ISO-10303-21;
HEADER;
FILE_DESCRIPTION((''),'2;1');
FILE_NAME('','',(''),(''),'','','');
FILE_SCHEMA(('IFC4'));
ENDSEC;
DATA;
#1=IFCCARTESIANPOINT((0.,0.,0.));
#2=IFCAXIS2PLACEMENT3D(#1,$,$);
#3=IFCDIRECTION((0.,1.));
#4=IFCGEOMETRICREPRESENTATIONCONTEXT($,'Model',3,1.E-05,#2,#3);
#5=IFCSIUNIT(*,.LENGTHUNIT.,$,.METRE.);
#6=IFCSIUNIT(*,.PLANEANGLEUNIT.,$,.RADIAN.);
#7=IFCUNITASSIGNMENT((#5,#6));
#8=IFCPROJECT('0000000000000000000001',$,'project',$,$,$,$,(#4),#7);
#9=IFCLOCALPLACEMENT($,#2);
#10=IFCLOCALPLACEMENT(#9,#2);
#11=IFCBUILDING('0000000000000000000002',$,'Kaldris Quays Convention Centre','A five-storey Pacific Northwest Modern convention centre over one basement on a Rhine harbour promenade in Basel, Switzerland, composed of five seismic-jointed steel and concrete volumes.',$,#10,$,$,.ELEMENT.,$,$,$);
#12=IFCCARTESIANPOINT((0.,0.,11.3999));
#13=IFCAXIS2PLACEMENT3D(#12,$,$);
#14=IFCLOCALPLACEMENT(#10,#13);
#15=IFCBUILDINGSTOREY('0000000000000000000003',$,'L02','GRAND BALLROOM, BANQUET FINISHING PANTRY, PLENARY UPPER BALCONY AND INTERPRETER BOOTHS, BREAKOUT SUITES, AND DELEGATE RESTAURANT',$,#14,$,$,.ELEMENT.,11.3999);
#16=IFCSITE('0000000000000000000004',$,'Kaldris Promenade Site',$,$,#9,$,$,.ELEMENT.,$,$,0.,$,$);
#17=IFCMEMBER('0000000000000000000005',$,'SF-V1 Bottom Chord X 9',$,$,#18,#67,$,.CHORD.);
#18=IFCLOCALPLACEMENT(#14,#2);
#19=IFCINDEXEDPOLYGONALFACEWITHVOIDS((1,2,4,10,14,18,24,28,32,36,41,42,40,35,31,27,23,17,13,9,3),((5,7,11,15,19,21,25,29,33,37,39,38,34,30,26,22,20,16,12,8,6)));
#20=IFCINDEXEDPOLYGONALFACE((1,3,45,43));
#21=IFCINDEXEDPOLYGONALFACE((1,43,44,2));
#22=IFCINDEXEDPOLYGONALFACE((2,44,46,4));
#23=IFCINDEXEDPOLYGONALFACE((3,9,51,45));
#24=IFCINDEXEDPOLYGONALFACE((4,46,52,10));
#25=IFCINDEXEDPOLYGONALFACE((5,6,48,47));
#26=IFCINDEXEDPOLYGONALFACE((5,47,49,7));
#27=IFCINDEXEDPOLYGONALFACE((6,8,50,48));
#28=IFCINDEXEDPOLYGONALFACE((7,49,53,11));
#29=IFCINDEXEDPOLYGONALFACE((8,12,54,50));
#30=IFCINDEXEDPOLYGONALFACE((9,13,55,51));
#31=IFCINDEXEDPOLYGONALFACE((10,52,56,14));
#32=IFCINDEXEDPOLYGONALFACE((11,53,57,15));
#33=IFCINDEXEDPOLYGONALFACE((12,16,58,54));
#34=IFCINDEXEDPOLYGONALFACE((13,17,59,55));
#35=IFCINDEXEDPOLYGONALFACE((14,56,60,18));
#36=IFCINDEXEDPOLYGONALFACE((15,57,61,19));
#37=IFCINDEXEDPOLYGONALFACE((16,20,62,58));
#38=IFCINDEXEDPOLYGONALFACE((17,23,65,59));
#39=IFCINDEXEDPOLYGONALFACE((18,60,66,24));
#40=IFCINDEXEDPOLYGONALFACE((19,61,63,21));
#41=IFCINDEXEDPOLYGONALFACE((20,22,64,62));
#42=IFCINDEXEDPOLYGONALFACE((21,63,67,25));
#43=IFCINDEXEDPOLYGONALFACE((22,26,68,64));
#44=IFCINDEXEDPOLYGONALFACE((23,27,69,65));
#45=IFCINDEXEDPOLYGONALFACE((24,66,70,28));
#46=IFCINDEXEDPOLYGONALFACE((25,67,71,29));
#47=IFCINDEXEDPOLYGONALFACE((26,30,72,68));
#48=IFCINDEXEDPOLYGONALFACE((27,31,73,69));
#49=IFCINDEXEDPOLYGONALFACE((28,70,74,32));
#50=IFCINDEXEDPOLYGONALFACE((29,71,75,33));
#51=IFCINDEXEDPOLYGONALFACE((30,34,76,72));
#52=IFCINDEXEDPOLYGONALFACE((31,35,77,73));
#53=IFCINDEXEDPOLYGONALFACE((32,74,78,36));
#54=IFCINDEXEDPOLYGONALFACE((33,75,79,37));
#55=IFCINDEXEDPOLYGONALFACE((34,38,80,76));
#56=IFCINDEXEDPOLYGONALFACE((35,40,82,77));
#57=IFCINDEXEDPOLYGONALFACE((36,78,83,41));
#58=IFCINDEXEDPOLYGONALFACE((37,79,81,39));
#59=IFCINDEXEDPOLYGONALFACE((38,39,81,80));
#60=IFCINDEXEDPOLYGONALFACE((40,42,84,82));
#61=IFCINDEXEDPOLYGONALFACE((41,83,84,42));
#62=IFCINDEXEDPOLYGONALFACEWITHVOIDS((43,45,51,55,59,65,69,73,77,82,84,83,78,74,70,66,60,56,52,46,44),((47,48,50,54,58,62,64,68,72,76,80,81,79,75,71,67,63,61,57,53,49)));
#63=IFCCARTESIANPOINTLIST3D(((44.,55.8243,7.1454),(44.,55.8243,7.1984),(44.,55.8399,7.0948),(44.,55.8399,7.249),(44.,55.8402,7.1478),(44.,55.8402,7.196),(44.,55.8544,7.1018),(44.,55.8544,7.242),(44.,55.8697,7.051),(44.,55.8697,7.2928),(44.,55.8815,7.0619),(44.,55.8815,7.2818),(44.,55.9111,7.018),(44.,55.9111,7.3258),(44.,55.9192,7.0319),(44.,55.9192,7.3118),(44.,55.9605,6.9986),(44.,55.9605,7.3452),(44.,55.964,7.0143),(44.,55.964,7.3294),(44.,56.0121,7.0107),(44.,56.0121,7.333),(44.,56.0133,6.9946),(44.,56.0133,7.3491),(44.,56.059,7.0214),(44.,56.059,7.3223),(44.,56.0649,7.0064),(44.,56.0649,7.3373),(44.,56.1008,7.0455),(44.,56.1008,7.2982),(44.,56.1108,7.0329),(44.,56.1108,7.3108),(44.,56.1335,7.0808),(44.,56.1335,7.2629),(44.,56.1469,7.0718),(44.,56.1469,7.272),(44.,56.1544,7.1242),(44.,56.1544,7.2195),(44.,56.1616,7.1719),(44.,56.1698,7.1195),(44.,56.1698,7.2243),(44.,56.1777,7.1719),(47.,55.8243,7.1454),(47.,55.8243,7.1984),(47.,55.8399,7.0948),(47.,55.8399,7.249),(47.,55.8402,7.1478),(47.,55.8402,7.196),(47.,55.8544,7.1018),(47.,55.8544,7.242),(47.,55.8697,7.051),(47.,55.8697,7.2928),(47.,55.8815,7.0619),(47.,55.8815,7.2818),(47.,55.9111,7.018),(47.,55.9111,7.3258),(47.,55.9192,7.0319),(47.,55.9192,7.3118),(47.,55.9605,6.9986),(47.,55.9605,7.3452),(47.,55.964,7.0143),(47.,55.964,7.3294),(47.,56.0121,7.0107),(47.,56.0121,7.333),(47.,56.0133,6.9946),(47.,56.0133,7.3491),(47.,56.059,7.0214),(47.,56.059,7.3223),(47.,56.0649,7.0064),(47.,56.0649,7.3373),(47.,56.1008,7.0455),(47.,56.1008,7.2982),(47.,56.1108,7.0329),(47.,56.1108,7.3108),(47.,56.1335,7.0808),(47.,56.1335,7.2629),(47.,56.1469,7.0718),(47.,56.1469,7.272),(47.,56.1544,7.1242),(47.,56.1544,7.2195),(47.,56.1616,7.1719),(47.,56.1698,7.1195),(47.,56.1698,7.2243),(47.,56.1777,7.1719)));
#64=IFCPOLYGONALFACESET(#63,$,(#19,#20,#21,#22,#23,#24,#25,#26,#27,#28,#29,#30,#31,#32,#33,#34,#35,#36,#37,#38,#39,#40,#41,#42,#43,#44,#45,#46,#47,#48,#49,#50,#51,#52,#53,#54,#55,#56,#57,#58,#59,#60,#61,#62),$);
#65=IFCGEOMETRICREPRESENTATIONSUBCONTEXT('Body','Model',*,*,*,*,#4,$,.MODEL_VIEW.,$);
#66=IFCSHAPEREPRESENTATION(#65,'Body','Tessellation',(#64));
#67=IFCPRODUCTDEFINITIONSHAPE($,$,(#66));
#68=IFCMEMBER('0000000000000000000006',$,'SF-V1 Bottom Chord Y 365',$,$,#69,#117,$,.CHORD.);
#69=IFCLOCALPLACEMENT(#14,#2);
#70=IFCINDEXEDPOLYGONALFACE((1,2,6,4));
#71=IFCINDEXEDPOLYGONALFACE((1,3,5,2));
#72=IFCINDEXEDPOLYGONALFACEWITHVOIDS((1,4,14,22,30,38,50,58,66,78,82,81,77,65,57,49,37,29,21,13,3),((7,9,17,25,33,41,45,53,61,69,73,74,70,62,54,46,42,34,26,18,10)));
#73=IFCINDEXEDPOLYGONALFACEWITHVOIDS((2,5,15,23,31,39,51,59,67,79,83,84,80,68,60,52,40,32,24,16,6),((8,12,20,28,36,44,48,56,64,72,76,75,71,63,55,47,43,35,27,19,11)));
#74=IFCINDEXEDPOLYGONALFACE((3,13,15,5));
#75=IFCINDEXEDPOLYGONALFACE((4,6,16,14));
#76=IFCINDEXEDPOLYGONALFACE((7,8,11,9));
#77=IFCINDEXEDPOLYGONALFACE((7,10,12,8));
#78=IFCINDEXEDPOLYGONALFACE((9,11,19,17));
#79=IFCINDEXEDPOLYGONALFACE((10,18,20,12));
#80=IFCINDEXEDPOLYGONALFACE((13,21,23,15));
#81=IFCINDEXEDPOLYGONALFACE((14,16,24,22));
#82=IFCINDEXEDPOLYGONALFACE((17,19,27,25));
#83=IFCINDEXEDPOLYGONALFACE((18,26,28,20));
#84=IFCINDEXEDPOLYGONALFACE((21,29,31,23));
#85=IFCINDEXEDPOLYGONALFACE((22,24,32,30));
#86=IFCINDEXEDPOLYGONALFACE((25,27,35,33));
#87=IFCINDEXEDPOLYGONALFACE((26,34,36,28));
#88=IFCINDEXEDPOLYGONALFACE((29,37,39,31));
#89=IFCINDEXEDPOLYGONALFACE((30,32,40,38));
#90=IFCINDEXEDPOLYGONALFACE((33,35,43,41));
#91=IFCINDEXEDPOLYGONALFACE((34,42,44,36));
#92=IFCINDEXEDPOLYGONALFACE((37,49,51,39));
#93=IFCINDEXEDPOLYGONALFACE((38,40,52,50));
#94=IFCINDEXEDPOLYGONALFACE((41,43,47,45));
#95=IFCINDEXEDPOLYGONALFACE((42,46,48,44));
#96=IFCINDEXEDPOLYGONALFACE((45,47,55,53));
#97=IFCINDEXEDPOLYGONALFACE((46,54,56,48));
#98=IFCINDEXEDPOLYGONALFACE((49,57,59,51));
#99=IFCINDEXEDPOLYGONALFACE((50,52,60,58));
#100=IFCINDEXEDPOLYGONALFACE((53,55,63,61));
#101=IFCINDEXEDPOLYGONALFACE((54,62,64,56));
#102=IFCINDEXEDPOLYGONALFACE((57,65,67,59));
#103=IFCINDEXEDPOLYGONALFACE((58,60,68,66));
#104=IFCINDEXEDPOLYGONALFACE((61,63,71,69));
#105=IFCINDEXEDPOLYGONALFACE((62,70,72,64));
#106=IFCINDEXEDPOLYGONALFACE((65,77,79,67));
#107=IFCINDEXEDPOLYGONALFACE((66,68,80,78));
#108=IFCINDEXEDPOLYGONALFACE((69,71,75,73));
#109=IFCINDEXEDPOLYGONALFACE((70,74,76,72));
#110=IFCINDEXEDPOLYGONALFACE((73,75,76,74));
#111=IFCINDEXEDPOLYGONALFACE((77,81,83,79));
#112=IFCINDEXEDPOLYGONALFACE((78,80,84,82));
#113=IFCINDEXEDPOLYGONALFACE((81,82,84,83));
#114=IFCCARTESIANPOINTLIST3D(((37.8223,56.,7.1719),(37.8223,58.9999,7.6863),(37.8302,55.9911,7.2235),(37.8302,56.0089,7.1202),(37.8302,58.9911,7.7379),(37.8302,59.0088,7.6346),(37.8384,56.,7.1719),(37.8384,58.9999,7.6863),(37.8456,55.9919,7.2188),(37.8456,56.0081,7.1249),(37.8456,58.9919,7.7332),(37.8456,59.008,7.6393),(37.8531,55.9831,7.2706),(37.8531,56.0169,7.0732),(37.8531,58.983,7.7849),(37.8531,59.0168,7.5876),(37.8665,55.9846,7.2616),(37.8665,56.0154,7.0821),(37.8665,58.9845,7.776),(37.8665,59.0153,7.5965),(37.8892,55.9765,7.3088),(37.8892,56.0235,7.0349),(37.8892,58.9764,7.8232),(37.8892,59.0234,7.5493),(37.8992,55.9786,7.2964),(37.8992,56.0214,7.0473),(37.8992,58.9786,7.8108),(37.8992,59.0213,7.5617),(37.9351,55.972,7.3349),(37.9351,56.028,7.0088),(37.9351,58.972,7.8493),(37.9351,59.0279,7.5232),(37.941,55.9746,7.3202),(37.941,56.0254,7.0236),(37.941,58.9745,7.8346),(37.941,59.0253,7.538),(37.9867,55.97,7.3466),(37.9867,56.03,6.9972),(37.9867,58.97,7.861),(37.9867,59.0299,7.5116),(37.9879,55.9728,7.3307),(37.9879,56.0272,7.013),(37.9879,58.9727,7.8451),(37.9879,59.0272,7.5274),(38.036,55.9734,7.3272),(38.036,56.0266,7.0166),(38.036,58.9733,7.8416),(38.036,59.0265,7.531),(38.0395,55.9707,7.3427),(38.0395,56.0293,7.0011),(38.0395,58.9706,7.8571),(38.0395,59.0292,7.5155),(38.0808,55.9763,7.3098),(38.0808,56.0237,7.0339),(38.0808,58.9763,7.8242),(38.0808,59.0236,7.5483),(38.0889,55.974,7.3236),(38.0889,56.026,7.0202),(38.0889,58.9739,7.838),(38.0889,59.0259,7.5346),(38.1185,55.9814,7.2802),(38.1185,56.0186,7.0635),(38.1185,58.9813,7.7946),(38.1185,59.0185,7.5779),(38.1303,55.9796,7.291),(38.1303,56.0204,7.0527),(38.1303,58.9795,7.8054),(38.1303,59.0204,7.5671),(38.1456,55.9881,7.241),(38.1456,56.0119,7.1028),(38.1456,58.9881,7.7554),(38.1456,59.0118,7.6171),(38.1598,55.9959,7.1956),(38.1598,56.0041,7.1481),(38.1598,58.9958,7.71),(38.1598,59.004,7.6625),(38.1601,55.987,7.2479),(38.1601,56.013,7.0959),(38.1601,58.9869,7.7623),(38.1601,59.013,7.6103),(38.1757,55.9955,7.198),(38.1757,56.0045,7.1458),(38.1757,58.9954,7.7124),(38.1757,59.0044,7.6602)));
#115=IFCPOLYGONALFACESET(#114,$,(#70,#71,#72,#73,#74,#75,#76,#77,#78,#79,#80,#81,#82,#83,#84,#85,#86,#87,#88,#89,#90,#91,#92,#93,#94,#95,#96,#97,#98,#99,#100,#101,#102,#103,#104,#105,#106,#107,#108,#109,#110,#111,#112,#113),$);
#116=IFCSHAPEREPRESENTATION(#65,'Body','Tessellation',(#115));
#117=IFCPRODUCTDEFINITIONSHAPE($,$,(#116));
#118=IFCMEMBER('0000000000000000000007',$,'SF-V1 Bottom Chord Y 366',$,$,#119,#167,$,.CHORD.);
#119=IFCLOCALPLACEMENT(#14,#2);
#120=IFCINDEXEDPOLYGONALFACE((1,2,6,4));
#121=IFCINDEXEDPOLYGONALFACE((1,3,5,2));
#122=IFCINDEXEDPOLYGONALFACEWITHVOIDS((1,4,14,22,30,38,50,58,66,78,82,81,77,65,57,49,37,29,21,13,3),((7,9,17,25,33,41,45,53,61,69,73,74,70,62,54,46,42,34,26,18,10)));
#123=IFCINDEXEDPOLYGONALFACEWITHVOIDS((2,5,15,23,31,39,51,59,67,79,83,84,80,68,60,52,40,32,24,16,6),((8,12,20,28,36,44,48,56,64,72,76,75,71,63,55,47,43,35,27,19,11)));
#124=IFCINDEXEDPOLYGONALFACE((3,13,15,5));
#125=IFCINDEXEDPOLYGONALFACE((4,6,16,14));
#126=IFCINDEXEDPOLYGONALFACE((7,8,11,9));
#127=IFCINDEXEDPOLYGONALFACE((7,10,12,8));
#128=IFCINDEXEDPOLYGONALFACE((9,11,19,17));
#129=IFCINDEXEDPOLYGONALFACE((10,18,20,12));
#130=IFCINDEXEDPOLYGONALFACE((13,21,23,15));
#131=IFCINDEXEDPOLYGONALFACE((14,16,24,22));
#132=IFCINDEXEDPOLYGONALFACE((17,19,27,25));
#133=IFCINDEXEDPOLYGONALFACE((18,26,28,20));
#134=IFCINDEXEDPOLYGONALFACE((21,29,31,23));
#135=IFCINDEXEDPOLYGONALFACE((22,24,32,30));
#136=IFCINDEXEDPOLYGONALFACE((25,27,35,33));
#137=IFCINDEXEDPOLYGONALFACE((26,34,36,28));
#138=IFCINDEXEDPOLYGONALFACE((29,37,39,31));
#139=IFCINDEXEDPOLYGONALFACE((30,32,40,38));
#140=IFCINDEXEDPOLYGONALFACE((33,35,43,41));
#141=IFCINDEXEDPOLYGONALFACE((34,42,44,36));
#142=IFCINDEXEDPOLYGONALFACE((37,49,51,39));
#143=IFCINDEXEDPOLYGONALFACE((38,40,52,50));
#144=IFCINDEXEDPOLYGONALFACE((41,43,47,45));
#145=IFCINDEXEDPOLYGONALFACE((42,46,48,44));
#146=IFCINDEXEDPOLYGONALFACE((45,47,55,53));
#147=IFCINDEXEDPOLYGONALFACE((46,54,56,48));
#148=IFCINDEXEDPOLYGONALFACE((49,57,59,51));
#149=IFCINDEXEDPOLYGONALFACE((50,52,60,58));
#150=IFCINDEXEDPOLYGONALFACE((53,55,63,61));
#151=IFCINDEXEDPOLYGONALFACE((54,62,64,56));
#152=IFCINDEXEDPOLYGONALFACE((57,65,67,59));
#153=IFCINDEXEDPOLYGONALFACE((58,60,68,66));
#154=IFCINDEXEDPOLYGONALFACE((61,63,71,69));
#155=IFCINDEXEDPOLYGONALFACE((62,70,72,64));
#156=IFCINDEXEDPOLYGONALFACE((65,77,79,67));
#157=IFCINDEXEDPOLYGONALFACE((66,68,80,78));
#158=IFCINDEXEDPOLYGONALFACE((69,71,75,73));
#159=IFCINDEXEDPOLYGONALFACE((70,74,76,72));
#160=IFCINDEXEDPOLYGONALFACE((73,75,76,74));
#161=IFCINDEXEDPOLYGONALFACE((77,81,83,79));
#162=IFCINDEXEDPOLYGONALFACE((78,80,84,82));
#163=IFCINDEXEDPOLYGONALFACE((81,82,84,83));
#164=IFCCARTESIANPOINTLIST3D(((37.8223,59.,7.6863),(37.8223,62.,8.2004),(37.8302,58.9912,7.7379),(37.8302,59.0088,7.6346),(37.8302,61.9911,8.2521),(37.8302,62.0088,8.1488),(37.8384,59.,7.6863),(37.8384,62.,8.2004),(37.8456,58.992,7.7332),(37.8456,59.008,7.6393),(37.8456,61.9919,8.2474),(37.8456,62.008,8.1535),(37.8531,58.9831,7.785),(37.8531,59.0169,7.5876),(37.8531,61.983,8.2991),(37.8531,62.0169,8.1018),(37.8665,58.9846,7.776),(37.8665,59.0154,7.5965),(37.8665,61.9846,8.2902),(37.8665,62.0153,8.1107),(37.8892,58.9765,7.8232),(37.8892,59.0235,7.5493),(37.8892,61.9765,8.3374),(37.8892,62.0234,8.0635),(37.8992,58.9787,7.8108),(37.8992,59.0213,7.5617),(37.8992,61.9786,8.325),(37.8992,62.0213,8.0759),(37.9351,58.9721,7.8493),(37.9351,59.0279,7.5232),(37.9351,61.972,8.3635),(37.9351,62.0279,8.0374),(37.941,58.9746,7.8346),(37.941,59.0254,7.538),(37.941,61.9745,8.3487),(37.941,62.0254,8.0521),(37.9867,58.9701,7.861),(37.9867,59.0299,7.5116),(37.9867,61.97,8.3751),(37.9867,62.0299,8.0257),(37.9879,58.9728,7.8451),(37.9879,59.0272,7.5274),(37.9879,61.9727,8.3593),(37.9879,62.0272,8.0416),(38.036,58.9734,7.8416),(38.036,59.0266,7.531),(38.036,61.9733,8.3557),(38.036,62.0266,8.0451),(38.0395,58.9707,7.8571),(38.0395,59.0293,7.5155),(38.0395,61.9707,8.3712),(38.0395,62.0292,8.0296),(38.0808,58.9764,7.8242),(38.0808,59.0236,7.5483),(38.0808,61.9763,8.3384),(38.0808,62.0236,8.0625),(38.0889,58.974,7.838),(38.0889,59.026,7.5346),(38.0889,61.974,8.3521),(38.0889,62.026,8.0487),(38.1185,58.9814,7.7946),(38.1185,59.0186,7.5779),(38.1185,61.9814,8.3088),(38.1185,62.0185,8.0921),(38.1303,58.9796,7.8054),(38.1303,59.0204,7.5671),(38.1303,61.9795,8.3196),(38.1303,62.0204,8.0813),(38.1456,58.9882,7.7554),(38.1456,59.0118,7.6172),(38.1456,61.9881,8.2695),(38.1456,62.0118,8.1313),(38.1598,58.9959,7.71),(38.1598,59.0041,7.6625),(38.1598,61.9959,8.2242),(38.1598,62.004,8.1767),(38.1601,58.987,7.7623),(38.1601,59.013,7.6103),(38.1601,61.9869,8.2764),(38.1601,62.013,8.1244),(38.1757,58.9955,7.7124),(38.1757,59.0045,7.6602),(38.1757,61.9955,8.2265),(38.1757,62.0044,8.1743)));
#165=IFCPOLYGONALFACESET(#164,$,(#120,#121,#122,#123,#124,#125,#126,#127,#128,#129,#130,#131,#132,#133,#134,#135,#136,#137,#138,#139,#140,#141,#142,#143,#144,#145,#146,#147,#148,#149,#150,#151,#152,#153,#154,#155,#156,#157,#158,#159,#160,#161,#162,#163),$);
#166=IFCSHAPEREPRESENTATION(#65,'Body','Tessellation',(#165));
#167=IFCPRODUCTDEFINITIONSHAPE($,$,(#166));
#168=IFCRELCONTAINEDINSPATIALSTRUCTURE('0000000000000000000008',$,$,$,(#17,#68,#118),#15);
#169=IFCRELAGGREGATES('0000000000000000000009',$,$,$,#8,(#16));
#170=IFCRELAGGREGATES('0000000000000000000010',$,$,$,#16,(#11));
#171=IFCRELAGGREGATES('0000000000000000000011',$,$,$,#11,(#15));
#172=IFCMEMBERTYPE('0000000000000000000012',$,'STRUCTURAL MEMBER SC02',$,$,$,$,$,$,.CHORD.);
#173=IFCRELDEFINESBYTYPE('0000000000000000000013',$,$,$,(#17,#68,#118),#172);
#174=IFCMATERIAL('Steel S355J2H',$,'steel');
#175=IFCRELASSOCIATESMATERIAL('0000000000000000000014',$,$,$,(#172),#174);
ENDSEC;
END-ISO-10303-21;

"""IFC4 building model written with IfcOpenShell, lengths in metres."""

from ifc_helpers import new_model, si_unit, direction, frame, origin, origin_2d, place, context, subcontext, project, spatial, hollow_circle, extrude, material, material_profile, profile_set, type_object, element, save


model = new_model("IFC4")

# Units and contexts
model_context = context("Model", 3, precision=1e-05, world=origin(), true_north=direction((0.0, 1.0)))
body_context = subcontext(model_context, "Body", "Model", "MODEL_VIEW")
ifc_project = project(units=[si_unit("LENGTHUNIT", "METRE"), si_unit("PLANEANGLEUNIT", "RADIAN")], contexts=[model_context])

# Site, building, storey
site_placement = place(None, origin())
site = spatial("IfcSite", under=ifc_project, at=site_placement, Name="Kaldris Promenade Site", CompositionType="ELEMENT", RefElevation=0.0)
building_placement = place(site_placement, origin())
building = spatial("IfcBuilding", under=site, at=building_placement, Name="Kaldris Quays Convention Centre", Description="A five-storey Pacific Northwest Modern convention centre over one basement on a Rhine harbour promenade in Basel, Switzerland, composed of five seismic-jointed steel and concrete volumes.", CompositionType="ELEMENT")
storey_placement = place(building_placement, frame((0.0, 0.0, 11.3999)))
storey = spatial("IfcBuildingStorey", under=building, at=storey_placement, Name="L02", Description="GRAND BALLROOM, BANQUET FINISHING PANTRY, PLENARY UPPER BALCONY AND INTERPRETER BOOTHS, BREAKOUT SUITES, AND DELEGATE RESTAURANT", CompositionType="ELEMENT", Elevation=11.3999)

# Members
ifc_material_1 = material(Name="Steel S355J2H", Category="steel")
ifc_material_profile_1 = material_profile(ifc_material_1, hollow_circle(Radius=0.1777, WallThickness=0.0161, at=origin_2d()), Name="CHS 355.6x16")
ifc_profile_set_1 = profile_set([ifc_material_profile_1], Name="Steel S355J2H")
member_type_1 = type_object("IfcMemberType", Name="STRUCTURAL MEMBER SC02", PredefinedType="CHORD", material=ifc_profile_set_1)
for number, where, z_axis, x_axis, name in (
    (1, (44.0, 56.0, 7.1719), (1.0, 0.0, 0.0), (0.0, 1.0, 0.0), "SF-V1 Bottom Chord X 9"),
):
    element("IfcMember", number, at=place(storey_placement, frame(where, z_axis=z_axis, x_axis=x_axis)), inside=storey, type_object=member_type_1, Name=name, PredefinedType="CHORD", context=body_context, shape_type="SweptSolid", body=[
        extrude(hollow_circle(Radius=0.1777, WallThickness=0.0161, at=origin_2d()), origin(), (0.0, 0.0, 1.0), 3.0),
    ])
for number, where, z_axis, x_axis, name in (
    (2, (38.0, 56.0, 7.1719), (0.0, 0.985616, 0.169002), (-1.0, 0.0, 0.0), "SF-V1 Bottom Chord Y 365"),
    (3, (38.0, 59.0, 7.6863), (0.0, 0.985629, 0.168924), (-1.0, 0.0, 0.0), "SF-V1 Bottom Chord Y 366"),
):
    element("IfcMember", number, at=place(storey_placement, frame(where, z_axis=z_axis, x_axis=x_axis)), inside=storey, type_object=member_type_1, Name=name, PredefinedType="CHORD", context=body_context, shape_type="SweptSolid", body=[
        extrude(hollow_circle(Radius=0.1777, WallThickness=0.0161, at=origin_2d()), origin(), (0.0, 0.0, 1.0), 3.0437),
    ])

save(model, "model.ifc")
